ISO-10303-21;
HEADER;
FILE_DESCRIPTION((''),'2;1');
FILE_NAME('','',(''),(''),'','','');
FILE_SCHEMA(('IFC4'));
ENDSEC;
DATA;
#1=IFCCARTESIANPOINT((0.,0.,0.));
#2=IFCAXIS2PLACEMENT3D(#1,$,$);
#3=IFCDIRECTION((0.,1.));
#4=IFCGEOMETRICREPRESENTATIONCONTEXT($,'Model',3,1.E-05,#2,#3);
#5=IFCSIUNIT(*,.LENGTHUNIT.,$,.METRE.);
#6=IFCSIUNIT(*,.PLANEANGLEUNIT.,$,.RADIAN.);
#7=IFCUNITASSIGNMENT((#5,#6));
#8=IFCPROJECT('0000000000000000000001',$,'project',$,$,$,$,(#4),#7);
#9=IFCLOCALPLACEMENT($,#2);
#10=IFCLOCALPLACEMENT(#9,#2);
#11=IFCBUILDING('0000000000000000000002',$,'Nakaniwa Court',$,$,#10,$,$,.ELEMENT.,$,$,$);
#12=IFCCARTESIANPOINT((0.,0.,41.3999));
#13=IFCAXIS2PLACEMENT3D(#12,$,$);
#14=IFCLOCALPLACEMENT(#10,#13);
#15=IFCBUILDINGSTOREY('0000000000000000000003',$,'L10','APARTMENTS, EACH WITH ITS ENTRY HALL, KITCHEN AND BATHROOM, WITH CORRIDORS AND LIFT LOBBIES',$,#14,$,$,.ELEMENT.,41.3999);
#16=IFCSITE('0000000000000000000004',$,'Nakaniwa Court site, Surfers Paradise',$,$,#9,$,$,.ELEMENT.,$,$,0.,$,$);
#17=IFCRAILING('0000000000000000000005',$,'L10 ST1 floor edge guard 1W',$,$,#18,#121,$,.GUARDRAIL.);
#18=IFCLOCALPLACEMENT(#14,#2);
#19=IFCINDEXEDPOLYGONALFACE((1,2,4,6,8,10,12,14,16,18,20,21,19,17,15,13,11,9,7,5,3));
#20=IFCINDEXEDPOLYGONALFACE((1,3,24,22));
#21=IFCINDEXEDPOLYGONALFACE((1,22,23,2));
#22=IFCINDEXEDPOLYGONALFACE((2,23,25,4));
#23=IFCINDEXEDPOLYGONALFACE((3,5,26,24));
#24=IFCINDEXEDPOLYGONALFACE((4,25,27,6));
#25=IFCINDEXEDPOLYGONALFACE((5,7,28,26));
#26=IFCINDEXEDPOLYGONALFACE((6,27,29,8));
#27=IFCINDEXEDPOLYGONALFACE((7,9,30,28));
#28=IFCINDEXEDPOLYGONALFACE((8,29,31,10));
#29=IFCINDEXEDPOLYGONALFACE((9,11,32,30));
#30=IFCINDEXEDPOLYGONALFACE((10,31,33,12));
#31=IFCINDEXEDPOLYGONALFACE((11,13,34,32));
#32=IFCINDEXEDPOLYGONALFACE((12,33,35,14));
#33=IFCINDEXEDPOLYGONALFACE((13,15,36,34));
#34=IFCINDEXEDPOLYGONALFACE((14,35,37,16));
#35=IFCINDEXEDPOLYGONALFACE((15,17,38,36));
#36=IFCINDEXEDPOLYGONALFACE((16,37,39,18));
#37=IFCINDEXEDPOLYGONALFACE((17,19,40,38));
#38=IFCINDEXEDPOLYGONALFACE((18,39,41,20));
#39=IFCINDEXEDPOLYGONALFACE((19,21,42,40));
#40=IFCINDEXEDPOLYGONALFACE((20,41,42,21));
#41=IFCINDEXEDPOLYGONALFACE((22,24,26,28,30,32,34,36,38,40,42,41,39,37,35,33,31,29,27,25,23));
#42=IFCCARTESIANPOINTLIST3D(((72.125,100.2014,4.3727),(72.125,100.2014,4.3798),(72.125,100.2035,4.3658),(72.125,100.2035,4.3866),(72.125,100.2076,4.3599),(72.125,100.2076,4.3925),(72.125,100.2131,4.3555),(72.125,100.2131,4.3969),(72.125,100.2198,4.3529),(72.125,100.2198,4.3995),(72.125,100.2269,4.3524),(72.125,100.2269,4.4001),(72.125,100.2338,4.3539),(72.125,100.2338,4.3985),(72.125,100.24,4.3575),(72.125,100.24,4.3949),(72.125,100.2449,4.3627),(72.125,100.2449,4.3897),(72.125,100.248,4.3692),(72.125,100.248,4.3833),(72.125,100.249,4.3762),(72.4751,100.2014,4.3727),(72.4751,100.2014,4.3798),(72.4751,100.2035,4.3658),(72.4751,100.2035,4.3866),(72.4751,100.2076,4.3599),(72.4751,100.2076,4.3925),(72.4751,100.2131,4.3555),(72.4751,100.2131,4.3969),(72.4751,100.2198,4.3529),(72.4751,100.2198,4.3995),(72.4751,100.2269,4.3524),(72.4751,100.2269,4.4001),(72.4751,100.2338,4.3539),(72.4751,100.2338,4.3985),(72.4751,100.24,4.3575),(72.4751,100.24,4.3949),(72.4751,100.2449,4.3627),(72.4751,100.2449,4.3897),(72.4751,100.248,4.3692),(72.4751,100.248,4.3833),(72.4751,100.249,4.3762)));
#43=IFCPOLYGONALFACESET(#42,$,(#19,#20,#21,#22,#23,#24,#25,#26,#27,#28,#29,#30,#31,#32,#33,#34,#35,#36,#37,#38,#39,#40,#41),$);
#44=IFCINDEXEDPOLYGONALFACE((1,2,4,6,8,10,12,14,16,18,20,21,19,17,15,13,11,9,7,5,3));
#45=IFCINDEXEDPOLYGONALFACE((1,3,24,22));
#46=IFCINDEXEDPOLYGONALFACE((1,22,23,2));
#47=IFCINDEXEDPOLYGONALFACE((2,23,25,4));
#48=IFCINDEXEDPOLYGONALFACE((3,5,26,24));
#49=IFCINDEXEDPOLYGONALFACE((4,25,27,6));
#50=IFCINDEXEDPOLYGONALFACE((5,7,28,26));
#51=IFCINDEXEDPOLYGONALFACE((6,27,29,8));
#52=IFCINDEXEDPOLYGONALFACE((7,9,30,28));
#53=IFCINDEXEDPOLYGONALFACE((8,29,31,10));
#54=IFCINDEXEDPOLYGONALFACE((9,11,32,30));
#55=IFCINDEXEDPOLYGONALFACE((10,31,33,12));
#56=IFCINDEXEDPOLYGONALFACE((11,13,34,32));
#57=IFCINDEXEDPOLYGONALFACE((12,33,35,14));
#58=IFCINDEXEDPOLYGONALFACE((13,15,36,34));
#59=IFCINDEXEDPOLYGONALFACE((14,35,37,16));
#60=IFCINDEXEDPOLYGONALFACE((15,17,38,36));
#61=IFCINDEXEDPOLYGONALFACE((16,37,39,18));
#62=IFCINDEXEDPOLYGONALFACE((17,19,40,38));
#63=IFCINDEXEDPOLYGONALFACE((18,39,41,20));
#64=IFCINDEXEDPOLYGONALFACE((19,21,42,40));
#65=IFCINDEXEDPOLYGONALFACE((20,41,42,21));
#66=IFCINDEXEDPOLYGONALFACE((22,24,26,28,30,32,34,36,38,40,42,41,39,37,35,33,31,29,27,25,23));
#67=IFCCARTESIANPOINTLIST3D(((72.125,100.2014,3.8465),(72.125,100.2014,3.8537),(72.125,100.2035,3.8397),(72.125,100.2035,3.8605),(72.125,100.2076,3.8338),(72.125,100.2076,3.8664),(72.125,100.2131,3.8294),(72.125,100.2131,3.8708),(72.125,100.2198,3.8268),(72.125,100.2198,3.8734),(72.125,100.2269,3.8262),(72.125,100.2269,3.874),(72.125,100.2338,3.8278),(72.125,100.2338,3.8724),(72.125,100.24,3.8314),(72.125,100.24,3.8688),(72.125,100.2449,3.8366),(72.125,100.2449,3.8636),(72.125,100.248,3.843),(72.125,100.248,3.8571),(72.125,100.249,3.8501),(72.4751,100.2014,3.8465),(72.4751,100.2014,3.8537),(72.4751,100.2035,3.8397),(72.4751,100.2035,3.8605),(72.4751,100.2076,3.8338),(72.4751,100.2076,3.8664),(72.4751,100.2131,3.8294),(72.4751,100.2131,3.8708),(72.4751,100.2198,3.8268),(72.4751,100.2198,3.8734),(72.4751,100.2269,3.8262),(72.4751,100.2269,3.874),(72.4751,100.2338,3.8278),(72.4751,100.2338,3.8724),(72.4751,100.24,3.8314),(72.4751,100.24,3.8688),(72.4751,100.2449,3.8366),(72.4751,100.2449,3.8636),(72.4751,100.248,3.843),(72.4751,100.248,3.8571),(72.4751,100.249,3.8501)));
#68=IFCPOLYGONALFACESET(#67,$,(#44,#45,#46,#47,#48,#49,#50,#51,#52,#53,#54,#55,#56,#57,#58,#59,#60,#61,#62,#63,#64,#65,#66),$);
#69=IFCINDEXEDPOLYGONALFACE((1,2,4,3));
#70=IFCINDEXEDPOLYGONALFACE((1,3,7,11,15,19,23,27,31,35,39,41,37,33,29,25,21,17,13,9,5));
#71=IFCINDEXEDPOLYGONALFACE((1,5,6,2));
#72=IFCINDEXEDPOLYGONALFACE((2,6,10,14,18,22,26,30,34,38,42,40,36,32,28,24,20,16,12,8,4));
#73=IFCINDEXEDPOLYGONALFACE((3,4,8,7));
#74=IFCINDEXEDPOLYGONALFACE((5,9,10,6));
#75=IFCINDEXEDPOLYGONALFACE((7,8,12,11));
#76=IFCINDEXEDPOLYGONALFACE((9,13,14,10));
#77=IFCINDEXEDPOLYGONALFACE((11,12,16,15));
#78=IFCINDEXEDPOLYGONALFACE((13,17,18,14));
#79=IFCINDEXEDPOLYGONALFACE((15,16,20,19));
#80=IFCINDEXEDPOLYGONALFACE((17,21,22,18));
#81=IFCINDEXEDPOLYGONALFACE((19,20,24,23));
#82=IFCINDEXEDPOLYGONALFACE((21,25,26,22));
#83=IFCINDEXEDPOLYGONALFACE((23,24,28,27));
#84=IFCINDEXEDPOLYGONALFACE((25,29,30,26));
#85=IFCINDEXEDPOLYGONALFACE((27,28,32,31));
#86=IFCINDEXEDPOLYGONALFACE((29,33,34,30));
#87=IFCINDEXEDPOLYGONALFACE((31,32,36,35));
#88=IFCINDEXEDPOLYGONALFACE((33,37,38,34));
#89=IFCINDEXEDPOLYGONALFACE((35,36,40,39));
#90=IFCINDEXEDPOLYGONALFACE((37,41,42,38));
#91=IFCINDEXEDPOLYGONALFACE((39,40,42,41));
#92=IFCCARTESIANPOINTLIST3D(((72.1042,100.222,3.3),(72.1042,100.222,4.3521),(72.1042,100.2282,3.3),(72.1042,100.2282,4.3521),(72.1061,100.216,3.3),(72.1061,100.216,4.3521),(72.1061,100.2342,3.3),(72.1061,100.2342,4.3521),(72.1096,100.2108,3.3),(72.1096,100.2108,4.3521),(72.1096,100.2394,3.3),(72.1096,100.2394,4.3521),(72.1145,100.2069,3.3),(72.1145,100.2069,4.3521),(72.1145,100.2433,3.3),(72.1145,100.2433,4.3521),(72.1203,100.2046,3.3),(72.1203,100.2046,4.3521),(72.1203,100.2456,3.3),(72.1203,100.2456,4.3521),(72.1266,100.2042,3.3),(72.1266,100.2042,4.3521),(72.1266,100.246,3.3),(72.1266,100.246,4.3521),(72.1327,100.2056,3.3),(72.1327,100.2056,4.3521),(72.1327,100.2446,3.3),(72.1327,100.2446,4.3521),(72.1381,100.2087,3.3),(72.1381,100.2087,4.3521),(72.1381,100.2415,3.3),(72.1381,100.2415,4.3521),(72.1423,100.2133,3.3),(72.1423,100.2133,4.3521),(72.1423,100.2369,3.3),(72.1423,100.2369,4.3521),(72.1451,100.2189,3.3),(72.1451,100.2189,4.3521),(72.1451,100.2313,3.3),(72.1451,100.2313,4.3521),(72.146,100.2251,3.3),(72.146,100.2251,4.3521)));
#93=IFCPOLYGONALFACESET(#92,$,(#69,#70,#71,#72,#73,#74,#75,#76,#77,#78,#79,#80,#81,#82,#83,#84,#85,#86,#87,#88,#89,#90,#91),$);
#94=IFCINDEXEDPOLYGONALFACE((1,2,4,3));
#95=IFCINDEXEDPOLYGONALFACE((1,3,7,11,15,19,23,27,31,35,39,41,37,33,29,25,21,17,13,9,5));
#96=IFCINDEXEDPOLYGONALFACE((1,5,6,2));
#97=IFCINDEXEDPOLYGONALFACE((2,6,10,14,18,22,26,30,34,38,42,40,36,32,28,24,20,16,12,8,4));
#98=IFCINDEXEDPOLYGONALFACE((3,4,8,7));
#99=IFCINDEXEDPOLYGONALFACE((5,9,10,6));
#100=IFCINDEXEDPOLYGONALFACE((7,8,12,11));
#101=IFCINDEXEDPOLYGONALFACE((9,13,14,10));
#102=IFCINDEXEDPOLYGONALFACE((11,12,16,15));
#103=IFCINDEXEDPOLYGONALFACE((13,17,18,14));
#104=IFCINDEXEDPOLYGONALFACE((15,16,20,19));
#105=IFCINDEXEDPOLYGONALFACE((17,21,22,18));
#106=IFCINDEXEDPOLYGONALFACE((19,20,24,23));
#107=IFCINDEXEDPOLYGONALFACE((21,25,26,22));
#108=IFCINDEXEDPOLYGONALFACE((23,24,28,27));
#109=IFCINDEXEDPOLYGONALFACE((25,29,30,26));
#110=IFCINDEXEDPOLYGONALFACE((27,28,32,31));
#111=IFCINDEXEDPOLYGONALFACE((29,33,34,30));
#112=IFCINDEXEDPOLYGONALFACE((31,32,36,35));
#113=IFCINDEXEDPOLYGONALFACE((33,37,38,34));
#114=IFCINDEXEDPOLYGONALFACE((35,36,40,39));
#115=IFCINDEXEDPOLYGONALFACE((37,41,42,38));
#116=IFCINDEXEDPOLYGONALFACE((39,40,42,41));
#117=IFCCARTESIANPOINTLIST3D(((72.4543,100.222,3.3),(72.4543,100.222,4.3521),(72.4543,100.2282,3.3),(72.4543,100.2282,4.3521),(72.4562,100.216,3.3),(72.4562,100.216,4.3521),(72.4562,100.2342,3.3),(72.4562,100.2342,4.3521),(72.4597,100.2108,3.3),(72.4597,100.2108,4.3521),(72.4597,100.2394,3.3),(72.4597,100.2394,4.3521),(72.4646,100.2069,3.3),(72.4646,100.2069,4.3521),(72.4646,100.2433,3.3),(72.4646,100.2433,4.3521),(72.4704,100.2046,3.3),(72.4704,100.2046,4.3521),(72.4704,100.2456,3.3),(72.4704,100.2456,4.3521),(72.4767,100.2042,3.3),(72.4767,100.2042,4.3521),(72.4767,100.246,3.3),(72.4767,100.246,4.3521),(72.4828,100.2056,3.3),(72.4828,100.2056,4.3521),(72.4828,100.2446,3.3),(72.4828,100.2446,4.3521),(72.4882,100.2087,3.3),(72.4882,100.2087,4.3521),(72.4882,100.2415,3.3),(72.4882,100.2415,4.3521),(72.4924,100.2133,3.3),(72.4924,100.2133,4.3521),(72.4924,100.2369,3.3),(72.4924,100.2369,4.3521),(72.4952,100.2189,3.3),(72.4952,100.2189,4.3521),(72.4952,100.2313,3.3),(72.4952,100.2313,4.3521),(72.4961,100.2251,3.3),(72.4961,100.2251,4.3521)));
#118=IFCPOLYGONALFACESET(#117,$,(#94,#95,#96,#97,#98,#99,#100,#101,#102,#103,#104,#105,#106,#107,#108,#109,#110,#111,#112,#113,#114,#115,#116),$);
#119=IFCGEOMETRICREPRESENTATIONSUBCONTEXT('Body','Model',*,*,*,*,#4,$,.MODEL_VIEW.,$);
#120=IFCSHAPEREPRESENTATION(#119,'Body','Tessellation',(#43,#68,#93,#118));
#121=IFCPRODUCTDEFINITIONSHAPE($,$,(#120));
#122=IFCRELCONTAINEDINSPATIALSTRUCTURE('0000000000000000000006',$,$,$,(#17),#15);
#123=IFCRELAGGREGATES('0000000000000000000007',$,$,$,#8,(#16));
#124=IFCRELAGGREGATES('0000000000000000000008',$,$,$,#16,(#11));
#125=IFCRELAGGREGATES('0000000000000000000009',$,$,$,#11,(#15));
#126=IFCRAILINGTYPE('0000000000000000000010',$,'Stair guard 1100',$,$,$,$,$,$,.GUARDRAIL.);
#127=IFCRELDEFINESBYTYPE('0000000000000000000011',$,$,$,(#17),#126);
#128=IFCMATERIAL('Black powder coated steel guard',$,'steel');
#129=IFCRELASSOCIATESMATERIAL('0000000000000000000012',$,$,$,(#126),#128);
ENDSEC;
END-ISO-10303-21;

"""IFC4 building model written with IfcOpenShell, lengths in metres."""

from ifc_helpers import new_model, si_unit, direction, frame, origin, origin_2d, place, context, subcontext, project, spatial, circle, extrude, material, type_object, element, save


model = new_model("IFC4")

# Units and contexts
model_context = context("Model", 3, precision=1e-05, world=origin(), true_north=direction((0.0, 1.0)))
body_context = subcontext(model_context, "Body", "Model", "MODEL_VIEW")
ifc_project = project(units=[si_unit("LENGTHUNIT", "METRE"), si_unit("PLANEANGLEUNIT", "RADIAN")], contexts=[model_context])

# Site, building, storey
site_placement = place(None, origin())
site = spatial("IfcSite", under=ifc_project, at=site_placement, Name="Nakaniwa Court site, Surfers Paradise", CompositionType="ELEMENT", RefElevation=0.0)
building_placement = place(site_placement, origin())
building = spatial("IfcBuilding", under=site, at=building_placement, Name="Nakaniwa Court", CompositionType="ELEMENT")
storey_placement = place(building_placement, frame((0.0, 0.0, 41.3999)))
storey = spatial("IfcBuildingStorey", under=building, at=storey_placement, Name="L10", Description="APARTMENTS, EACH WITH ITS ENTRY HALL, KITCHEN AND BATHROOM, WITH CORRIDORS AND LIFT LOBBIES", CompositionType="ELEMENT", Elevation=41.3999)

# Railing
ifc_material_1 = material(Name="Black powder coated steel guard", Category="steel")
railing_type_1 = type_object("IfcRailingType", Name="Stair guard 1100", PredefinedType="GUARDRAIL", material=ifc_material_1)
for number, where, name in (
    (1, (72.125, 100.2251, 3.3), "L10 ST1 floor edge guard 1W"),
):
    element("IfcRailing", number, at=place(storey_placement, frame(where)), inside=storey, type_object=railing_type_1, Name=name, PredefinedType="GUARDRAIL", context=body_context, shape_type="SweptSolid", body=[
        extrude(circle(Radius=0.0239, at=origin_2d()), frame((0.0, 0.0, 1.0762), z_axis=(1.0, 0.0, 0.0), x_axis=(0.0, 1.0, 0.0)), (0.0, 0.0, 1.0), 0.3501),
        extrude(circle(Radius=0.0239, at=origin_2d()), frame((0.0, 0.0, 0.55), z_axis=(1.0, 0.0, 0.0), x_axis=(0.0, 1.0, 0.0)), (0.0, 0.0, 1.0), 0.3501),
        extrude(circle(Radius=0.021, at=origin_2d()), origin(), (0.0, 0.0, 1.0), 1.052),
        extrude(circle(Radius=0.021, at=origin_2d()), frame((0.3501, 0.0, 0.0)), (0.0, 0.0, 1.0), 1.052),
    ])

save(model, "model.ifc")
